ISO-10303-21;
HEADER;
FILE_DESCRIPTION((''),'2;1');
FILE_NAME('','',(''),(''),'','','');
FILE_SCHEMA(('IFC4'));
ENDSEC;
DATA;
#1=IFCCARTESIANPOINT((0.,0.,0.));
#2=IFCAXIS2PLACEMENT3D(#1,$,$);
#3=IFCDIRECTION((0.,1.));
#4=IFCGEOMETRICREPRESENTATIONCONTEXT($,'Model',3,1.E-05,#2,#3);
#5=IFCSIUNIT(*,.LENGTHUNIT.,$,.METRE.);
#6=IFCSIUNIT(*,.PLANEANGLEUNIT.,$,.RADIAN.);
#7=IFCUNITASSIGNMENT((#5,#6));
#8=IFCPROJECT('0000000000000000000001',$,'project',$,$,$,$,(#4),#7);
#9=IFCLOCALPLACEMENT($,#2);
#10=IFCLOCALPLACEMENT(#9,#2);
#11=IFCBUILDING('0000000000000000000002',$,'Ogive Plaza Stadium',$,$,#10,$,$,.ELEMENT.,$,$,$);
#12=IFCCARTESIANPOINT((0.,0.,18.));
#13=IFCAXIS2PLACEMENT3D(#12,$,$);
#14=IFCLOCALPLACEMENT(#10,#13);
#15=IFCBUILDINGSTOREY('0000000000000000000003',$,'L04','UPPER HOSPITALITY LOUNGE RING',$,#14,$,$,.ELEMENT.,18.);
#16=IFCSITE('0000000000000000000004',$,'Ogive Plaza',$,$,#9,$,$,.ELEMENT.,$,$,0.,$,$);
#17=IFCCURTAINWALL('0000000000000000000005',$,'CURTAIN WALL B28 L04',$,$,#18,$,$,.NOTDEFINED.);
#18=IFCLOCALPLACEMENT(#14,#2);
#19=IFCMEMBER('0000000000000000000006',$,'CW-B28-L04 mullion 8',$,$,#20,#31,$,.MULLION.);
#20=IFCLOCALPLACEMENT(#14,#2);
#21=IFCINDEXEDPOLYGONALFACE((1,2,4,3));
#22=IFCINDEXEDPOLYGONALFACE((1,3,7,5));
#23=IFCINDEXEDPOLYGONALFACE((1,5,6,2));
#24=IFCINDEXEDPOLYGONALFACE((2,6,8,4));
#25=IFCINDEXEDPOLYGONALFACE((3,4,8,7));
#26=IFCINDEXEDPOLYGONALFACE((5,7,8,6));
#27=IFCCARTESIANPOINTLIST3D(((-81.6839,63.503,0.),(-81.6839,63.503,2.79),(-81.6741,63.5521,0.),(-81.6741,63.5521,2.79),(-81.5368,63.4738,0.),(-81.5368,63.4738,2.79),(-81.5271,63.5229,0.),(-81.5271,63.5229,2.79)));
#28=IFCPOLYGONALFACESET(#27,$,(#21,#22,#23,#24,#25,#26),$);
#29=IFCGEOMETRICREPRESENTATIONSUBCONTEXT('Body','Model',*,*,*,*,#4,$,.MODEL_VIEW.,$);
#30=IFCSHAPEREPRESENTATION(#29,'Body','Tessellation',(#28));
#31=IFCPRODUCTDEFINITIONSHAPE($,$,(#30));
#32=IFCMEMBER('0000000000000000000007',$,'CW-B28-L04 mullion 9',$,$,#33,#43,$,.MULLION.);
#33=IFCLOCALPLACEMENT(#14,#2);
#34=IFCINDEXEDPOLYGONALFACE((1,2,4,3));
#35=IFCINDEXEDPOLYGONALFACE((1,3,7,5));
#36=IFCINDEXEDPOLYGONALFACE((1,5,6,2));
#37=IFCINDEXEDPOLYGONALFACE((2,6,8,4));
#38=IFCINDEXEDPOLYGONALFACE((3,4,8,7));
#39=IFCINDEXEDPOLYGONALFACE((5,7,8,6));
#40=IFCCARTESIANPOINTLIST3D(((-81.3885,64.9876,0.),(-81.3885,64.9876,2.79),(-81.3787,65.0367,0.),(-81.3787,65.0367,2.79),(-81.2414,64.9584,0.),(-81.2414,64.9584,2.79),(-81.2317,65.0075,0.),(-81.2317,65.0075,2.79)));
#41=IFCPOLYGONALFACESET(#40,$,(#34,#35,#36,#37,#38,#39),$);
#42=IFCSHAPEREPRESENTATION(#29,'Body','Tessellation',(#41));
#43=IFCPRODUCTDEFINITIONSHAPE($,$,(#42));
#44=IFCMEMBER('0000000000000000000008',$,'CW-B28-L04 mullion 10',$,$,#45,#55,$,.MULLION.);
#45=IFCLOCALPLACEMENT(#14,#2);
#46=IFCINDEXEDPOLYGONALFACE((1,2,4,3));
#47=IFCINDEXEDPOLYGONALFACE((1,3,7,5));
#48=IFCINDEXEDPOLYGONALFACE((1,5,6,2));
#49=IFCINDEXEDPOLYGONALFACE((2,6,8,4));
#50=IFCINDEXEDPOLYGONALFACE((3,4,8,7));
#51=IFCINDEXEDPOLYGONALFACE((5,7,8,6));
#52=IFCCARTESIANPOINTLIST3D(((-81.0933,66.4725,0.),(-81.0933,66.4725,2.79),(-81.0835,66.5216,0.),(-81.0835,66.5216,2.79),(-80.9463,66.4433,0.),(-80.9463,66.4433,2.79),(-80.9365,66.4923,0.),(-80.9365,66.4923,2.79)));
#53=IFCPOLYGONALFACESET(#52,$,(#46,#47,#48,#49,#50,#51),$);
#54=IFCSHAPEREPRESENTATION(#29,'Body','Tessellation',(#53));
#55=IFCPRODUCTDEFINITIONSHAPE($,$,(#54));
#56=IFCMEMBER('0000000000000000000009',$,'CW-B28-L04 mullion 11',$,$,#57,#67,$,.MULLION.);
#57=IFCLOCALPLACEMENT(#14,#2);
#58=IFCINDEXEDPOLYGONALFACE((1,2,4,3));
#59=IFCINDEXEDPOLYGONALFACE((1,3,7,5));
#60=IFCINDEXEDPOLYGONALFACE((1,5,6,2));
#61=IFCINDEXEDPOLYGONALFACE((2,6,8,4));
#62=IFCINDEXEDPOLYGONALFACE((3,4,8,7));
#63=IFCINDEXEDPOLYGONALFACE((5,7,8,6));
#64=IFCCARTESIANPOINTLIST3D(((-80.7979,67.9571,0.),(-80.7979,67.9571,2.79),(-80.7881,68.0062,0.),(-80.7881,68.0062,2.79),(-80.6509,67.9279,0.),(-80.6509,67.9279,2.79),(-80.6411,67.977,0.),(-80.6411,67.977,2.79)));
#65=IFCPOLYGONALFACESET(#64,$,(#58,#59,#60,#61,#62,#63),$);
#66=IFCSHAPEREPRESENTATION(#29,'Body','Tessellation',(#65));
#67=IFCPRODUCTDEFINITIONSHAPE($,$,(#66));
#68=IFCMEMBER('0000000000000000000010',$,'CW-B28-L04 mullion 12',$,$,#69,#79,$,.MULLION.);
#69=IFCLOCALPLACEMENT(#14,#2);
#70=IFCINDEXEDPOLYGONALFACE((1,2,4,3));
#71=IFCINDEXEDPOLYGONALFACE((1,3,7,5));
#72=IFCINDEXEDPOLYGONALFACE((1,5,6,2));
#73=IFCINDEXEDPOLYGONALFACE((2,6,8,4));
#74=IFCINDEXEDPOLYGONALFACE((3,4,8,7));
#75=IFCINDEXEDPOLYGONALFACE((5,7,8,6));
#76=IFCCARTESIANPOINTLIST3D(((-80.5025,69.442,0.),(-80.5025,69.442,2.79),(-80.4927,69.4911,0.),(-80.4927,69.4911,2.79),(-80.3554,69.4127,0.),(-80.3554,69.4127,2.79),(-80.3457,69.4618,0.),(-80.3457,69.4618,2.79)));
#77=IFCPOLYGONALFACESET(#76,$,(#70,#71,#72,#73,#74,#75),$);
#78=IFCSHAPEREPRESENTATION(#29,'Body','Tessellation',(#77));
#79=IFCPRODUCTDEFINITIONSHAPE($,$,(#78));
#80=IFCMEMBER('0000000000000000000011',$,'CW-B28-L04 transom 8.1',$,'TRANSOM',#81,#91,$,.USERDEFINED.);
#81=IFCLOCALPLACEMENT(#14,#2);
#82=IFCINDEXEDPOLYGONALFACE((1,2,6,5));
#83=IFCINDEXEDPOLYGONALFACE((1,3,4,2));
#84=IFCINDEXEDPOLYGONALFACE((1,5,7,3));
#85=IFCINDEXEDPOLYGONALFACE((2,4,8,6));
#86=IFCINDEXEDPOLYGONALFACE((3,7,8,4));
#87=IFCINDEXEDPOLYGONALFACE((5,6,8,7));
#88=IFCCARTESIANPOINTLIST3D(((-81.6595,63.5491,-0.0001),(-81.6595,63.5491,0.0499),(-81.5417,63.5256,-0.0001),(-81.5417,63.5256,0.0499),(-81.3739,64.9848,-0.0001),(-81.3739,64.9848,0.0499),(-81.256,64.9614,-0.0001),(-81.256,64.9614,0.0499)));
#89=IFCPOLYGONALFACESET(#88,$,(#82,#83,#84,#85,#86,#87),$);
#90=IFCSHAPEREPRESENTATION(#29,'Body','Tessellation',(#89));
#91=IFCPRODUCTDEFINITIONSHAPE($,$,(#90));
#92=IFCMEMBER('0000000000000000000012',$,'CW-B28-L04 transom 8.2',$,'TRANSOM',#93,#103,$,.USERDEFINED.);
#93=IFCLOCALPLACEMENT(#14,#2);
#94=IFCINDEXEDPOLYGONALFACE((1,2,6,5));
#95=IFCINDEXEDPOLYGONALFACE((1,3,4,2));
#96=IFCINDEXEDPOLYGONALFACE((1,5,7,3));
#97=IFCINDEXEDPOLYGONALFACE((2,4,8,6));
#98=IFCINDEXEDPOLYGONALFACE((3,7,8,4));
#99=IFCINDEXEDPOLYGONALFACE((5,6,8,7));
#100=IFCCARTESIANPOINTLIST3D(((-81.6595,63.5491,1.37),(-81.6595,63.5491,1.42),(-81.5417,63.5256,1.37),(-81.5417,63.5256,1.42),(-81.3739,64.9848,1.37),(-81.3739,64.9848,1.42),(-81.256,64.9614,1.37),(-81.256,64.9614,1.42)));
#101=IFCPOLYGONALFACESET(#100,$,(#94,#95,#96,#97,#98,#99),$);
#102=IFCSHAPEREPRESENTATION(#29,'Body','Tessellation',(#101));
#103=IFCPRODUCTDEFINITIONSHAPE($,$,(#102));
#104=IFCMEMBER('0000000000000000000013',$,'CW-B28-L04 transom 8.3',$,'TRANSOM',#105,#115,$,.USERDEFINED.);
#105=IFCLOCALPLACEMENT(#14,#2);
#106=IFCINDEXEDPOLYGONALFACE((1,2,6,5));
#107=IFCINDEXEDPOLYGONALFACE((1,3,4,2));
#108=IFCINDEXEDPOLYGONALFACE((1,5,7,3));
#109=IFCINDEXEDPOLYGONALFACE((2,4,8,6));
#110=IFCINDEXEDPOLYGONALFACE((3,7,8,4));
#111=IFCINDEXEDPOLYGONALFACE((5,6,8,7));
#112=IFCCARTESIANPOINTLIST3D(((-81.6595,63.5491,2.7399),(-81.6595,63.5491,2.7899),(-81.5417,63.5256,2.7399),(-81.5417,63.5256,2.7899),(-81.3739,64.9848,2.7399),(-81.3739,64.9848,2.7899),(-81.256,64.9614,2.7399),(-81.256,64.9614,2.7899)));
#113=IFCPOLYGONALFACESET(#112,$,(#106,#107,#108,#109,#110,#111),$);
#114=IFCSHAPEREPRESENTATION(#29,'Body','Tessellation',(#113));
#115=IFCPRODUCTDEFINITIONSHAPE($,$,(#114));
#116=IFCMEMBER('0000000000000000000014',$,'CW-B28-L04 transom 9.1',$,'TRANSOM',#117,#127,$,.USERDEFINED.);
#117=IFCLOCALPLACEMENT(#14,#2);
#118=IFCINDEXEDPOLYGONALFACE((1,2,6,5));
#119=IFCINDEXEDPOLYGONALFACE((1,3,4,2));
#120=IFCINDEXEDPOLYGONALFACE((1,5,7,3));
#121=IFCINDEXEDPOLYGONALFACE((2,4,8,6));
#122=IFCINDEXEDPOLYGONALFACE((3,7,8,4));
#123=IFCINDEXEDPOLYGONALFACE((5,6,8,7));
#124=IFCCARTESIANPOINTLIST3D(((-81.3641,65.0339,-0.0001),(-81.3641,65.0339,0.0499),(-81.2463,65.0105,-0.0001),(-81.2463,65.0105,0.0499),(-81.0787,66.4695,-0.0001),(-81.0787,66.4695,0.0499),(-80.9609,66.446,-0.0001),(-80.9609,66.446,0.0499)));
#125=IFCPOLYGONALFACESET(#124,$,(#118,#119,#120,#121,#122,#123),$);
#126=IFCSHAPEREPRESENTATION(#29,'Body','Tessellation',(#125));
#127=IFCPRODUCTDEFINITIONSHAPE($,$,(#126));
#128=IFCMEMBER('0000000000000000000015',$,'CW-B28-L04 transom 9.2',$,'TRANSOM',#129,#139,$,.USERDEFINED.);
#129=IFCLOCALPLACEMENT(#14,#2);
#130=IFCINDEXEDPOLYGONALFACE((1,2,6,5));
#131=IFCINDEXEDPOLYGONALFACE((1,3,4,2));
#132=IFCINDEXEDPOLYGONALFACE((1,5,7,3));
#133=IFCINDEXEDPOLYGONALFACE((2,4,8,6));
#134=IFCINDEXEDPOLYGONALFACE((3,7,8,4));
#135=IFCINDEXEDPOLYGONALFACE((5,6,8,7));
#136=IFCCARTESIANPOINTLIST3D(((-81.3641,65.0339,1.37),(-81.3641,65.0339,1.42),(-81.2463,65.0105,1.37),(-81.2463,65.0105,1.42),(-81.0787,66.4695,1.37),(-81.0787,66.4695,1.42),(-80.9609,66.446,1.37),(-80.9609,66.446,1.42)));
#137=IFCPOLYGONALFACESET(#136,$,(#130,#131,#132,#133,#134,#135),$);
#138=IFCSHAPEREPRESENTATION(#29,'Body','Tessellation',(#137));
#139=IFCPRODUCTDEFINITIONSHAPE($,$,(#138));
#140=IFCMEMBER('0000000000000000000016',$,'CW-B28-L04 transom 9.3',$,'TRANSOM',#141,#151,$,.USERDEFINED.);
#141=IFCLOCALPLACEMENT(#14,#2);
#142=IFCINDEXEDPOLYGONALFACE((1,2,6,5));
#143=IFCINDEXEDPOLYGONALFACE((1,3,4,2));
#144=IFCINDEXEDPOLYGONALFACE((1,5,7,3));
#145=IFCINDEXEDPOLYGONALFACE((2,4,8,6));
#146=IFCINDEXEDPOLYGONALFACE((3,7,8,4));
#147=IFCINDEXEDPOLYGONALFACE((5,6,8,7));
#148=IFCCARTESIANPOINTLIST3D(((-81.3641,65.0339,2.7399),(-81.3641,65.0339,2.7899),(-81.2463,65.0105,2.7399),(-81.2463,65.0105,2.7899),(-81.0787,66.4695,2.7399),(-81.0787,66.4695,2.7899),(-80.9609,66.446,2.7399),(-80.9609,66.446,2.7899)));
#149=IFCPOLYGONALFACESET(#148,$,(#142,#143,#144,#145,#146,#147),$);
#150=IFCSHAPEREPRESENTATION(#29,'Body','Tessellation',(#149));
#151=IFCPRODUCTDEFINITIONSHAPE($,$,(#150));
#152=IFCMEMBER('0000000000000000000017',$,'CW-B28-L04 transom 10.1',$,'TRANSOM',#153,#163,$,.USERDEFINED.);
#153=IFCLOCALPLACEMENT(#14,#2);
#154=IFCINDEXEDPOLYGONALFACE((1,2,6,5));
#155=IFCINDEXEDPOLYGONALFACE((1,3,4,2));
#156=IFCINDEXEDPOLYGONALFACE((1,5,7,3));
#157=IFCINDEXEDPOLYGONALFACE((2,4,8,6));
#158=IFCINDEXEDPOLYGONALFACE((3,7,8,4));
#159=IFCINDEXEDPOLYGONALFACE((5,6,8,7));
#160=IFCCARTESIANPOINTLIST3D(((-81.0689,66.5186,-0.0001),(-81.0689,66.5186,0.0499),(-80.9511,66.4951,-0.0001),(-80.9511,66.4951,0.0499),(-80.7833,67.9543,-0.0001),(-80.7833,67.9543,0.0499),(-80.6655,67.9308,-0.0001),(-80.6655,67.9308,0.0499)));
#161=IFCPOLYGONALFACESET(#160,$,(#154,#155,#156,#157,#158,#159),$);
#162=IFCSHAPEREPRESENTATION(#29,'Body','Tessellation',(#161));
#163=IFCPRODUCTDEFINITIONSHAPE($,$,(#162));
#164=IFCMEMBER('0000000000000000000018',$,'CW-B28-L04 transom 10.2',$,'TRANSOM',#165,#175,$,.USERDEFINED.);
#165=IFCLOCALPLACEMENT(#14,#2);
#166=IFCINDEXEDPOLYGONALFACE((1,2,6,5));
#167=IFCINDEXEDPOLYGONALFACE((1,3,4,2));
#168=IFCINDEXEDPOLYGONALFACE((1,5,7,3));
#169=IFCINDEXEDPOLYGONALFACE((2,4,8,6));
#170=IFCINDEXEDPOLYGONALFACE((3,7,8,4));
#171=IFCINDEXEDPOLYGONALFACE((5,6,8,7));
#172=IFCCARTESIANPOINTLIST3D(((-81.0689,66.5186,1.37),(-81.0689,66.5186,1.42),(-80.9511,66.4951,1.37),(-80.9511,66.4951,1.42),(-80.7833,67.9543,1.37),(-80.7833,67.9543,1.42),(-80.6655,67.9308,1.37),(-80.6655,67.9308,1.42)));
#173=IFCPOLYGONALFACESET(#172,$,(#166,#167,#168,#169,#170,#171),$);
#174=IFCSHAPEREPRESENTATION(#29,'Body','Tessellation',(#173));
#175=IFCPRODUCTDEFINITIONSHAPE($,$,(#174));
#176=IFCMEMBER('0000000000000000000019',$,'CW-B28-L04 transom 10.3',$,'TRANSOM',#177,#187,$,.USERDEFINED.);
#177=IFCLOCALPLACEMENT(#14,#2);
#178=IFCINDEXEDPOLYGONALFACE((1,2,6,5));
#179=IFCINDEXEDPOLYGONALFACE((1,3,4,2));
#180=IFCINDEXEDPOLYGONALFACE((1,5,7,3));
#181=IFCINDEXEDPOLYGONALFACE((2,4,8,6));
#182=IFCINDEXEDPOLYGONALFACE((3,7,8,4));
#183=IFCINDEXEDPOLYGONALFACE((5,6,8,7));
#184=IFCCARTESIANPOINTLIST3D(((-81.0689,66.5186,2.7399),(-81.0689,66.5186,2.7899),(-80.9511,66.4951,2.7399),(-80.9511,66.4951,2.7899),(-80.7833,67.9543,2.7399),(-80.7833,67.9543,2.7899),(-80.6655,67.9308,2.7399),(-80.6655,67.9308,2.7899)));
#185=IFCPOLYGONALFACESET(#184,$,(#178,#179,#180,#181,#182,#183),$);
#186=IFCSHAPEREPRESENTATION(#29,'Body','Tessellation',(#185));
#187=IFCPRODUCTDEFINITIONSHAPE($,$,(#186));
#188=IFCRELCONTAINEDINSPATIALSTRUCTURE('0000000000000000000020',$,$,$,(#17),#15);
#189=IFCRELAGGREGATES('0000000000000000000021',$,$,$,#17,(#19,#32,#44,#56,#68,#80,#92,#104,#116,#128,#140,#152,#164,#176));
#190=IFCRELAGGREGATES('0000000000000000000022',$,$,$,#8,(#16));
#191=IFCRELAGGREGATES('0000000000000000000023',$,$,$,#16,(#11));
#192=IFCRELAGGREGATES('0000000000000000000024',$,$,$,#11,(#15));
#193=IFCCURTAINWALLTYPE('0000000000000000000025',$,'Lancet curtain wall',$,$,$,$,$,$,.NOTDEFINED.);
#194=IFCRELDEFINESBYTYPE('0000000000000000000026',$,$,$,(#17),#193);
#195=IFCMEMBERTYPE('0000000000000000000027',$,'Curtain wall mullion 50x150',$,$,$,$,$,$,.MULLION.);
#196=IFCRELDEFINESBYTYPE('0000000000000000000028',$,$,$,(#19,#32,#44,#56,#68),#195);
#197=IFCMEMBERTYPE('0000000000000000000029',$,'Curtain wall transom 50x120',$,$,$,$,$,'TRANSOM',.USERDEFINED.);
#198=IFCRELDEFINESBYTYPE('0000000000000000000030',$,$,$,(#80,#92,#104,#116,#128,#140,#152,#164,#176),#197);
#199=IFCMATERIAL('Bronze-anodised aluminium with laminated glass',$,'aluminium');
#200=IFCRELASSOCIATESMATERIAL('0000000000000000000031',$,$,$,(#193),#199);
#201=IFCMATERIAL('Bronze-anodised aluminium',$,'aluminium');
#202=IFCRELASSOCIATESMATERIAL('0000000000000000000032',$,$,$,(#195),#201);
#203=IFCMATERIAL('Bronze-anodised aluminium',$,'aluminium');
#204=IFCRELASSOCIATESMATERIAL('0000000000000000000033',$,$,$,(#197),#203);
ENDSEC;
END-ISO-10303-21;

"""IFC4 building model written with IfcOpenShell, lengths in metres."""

from ifc_helpers import new_model, si_unit, direction, frame, origin, origin_2d, place, context, subcontext, project, spatial, rectangle, extrude, material, material_profile, profile_set, type_object, element, aggregate, save


model = new_model("IFC4")

# Units and contexts
model_context = context("Model", 3, precision=1e-05, world=origin(), true_north=direction((0.0, 1.0)))
body_context = subcontext(model_context, "Body", "Model", "MODEL_VIEW")
ifc_project = project(units=[si_unit("LENGTHUNIT", "METRE"), si_unit("PLANEANGLEUNIT", "RADIAN")], contexts=[model_context])

# Site, building, storey
site_placement = place(None, origin())
site = spatial("IfcSite", under=ifc_project, at=site_placement, Name="Ogive Plaza", CompositionType="ELEMENT", RefElevation=0.0)
building_placement = place(site_placement, origin())
building = spatial("IfcBuilding", under=site, at=building_placement, Name="Ogive Plaza Stadium", CompositionType="ELEMENT")
storey_placement = place(building_placement, frame((0.0, 0.0, 18.0)))
storey = spatial("IfcBuildingStorey", under=building, at=storey_placement, Name="L04", Description="UPPER HOSPITALITY LOUNGE RING", CompositionType="ELEMENT", Elevation=18.0)

# Curtain wall, members
ifc_material_1 = material(Name="Bronze-anodised aluminium with laminated glass", Category="aluminium")
curtain_wall_type = type_object("IfcCurtainWallType", Name="Lancet curtain wall", PredefinedType="NOTDEFINED", material=ifc_material_1)
curtain_wall_placement = place(storey_placement, origin())
curtain_wall = element("IfcCurtainWall", 1, at=curtain_wall_placement, inside=storey, type_object=curtain_wall_type, Name="CURTAIN WALL B28 L04", PredefinedType="NOTDEFINED")
ifc_material_2 = material(Name="Bronze-anodised aluminium", Category="aluminium")
ifc_material_profile_1 = material_profile(ifc_material_2, rectangle(XDim=0.1499, YDim=0.05, at=origin_2d()), Name="AL 150x50")
ifc_profile_set_1 = profile_set([ifc_material_profile_1], Name="Bronze-anodised aluminium")
member_type_1 = type_object("IfcMemberType", Name="Curtain wall mullion 50x150", PredefinedType="MULLION", material=ifc_profile_set_1)
member_1_placement = place(storey_placement, frame((-81.6055, 63.5129, 0.0), z_axis=(0.0, 0.0, 1.0), x_axis=(-0.980785, 0.19509, 0.0)))
member_1 = element("IfcMember", 2, at=member_1_placement, type_object=member_type_1, Name="CW-B28-L04 mullion 8", PredefinedType="MULLION", context=body_context, shape_type="SweptSolid", body=[
    extrude(rectangle(XDim=0.1499, YDim=0.05, at=origin_2d()), origin(), (0.0, 0.0, 1.0), 2.79),
])
member_2_placement = place(storey_placement, frame((-81.3101, 64.9976, 0.0), z_axis=(0.0, 0.0, 1.0), x_axis=(-0.980785, 0.19509, 0.0)))
member_2 = element("IfcMember", 3, at=member_2_placement, type_object=member_type_1, Name="CW-B28-L04 mullion 9", PredefinedType="MULLION", context=body_context, shape_type="SweptSolid", body=[
    extrude(rectangle(XDim=0.1499, YDim=0.05, at=origin_2d()), origin(), (0.0, 0.0, 1.0), 2.79),
])
member_3_placement = place(storey_placement, frame((-81.0149, 66.4824, 0.0), z_axis=(0.0, 0.0, 1.0), x_axis=(-0.980785, 0.19509, 0.0)))
member_3 = element("IfcMember", 4, at=member_3_placement, type_object=member_type_1, Name="CW-B28-L04 mullion 10", PredefinedType="MULLION", context=body_context, shape_type="SweptSolid", body=[
    extrude(rectangle(XDim=0.1499, YDim=0.05, at=origin_2d()), origin(), (0.0, 0.0, 1.0), 2.79),
])
member_4_placement = place(storey_placement, frame((-80.7195, 67.967, 0.0), z_axis=(0.0, 0.0, 1.0), x_axis=(-0.980785, 0.19509, 0.0)))
member_4 = element("IfcMember", 5, at=member_4_placement, type_object=member_type_1, Name="CW-B28-L04 mullion 11", PredefinedType="MULLION", context=body_context, shape_type="SweptSolid", body=[
    extrude(rectangle(XDim=0.1499, YDim=0.05, at=origin_2d()), origin(), (0.0, 0.0, 1.0), 2.79),
])
member_5_placement = place(storey_placement, frame((-80.4241, 69.4519, 0.0), z_axis=(0.0, 0.0, 1.0), x_axis=(-0.980785, 0.19509, 0.0)))
member_5 = element("IfcMember", 6, at=member_5_placement, type_object=member_type_1, Name="CW-B28-L04 mullion 12", PredefinedType="MULLION", context=body_context, shape_type="SweptSolid", body=[
    extrude(rectangle(XDim=0.1499, YDim=0.05, at=origin_2d()), origin(), (0.0, 0.0, 1.0), 2.79),
])
ifc_material_3 = material(Name="Bronze-anodised aluminium", Category="aluminium")
ifc_material_profile_2 = material_profile(ifc_material_3, rectangle(XDim=0.1201, YDim=0.05, at=origin_2d()), Name="AL 120x50")
ifc_profile_set_2 = profile_set([ifc_material_profile_2], Name="Bronze-anodised aluminium")
member_type_2 = type_object("IfcMemberType", Name="Curtain wall transom 50x120", ElementType="TRANSOM", PredefinedType="USERDEFINED", material=ifc_profile_set_2)
member_6_placement = place(storey_placement, frame((-81.6006, 63.5374, 0.0249), z_axis=(0.195122, 0.980779, 0.0), x_axis=(-0.980779, 0.195122, 0.0)))
member_6 = element("IfcMember", 7, at=member_6_placement, type_object=member_type_2, Name="CW-B28-L04 transom 8.1", ObjectType="TRANSOM", PredefinedType="USERDEFINED", context=body_context, shape_type="SweptSolid", body=[
    extrude(rectangle(XDim=0.1201, YDim=0.05, at=origin_2d()), origin(), (0.0, 0.0, 1.0), 1.4639),
])
member_7_placement = place(storey_placement, frame((-81.6006, 63.5374, 1.395), z_axis=(0.195122, 0.980779, 0.0), x_axis=(-0.980779, 0.195122, 0.0)))
member_7 = element("IfcMember", 8, at=member_7_placement, type_object=member_type_2, Name="CW-B28-L04 transom 8.2", ObjectType="TRANSOM", PredefinedType="USERDEFINED", context=body_context, shape_type="SweptSolid", body=[
    extrude(rectangle(XDim=0.1201, YDim=0.05, at=origin_2d()), origin(), (0.0, 0.0, 1.0), 1.4639),
])
member_8_placement = place(storey_placement, frame((-81.6006, 63.5374, 2.7649), z_axis=(0.195122, 0.980779, 0.0), x_axis=(-0.980779, 0.195122, 0.0)))
member_8 = element("IfcMember", 9, at=member_8_placement, type_object=member_type_2, Name="CW-B28-L04 transom 8.3", ObjectType="TRANSOM", PredefinedType="USERDEFINED", context=body_context, shape_type="SweptSolid", body=[
    extrude(rectangle(XDim=0.1201, YDim=0.05, at=origin_2d()), origin(), (0.0, 0.0, 1.0), 1.4639),
])
member_9_placement = place(storey_placement, frame((-81.3052, 65.0222, 0.0249), z_axis=(0.194993, 0.980805, 0.0), x_axis=(-0.980805, 0.194993, 0.0)))
member_9 = element("IfcMember", 10, at=member_9_placement, type_object=member_type_2, Name="CW-B28-L04 transom 9.1", ObjectType="TRANSOM", PredefinedType="USERDEFINED", context=body_context, shape_type="SweptSolid", body=[
    extrude(rectangle(XDim=0.1201, YDim=0.05, at=origin_2d()), origin(), (0.0, 0.0, 1.0), 1.4636),
])
member_10_placement = place(storey_placement, frame((-81.3052, 65.0222, 1.395), z_axis=(0.194993, 0.980805, 0.0), x_axis=(-0.980805, 0.194993, 0.0)))
member_10 = element("IfcMember", 11, at=member_10_placement, type_object=member_type_2, Name="CW-B28-L04 transom 9.2", ObjectType="TRANSOM", PredefinedType="USERDEFINED", context=body_context, shape_type="SweptSolid", body=[
    extrude(rectangle(XDim=0.1201, YDim=0.05, at=origin_2d()), origin(), (0.0, 0.0, 1.0), 1.4636),
])
member_11_placement = place(storey_placement, frame((-81.3052, 65.0222, 2.7649), z_axis=(0.194993, 0.980805, 0.0), x_axis=(-0.980805, 0.194993, 0.0)))
member_11 = element("IfcMember", 12, at=member_11_placement, type_object=member_type_2, Name="CW-B28-L04 transom 9.3", ObjectType="TRANSOM", PredefinedType="USERDEFINED", context=body_context, shape_type="SweptSolid", body=[
    extrude(rectangle(XDim=0.1201, YDim=0.05, at=origin_2d()), origin(), (0.0, 0.0, 1.0), 1.4636),
])
member_12_placement = place(storey_placement, frame((-81.01, 66.5068, 0.0249), z_axis=(0.195122, 0.980779, 0.0), x_axis=(-0.980779, 0.195122, 0.0)))
member_12 = element("IfcMember", 13, at=member_12_placement, type_object=member_type_2, Name="CW-B28-L04 transom 10.1", ObjectType="TRANSOM", PredefinedType="USERDEFINED", context=body_context, shape_type="SweptSolid", body=[
    extrude(rectangle(XDim=0.1201, YDim=0.05, at=origin_2d()), origin(), (0.0, 0.0, 1.0), 1.4639),
])
member_13_placement = place(storey_placement, frame((-81.01, 66.5068, 1.395), z_axis=(0.195122, 0.980779, 0.0), x_axis=(-0.980779, 0.195122, 0.0)))
member_13 = element("IfcMember", 14, at=member_13_placement, type_object=member_type_2, Name="CW-B28-L04 transom 10.2", ObjectType="TRANSOM", PredefinedType="USERDEFINED", context=body_context, shape_type="SweptSolid", body=[
    extrude(rectangle(XDim=0.1201, YDim=0.05, at=origin_2d()), origin(), (0.0, 0.0, 1.0), 1.4639),
])
member_14_placement = place(storey_placement, frame((-81.01, 66.5068, 2.7649), z_axis=(0.195122, 0.980779, 0.0), x_axis=(-0.980779, 0.195122, 0.0)))
member_14 = element("IfcMember", 15, at=member_14_placement, type_object=member_type_2, Name="CW-B28-L04 transom 10.3", ObjectType="TRANSOM", PredefinedType="USERDEFINED", context=body_context, shape_type="SweptSolid", body=[
    extrude(rectangle(XDim=0.1201, YDim=0.05, at=origin_2d()), origin(), (0.0, 0.0, 1.0), 1.4639),
])
aggregate(curtain_wall, [member_1, member_2, member_3, member_4, member_5, member_6, member_7, member_8, member_9, member_10, member_11, member_12, member_13, member_14])

save(model, "model.ifc")
